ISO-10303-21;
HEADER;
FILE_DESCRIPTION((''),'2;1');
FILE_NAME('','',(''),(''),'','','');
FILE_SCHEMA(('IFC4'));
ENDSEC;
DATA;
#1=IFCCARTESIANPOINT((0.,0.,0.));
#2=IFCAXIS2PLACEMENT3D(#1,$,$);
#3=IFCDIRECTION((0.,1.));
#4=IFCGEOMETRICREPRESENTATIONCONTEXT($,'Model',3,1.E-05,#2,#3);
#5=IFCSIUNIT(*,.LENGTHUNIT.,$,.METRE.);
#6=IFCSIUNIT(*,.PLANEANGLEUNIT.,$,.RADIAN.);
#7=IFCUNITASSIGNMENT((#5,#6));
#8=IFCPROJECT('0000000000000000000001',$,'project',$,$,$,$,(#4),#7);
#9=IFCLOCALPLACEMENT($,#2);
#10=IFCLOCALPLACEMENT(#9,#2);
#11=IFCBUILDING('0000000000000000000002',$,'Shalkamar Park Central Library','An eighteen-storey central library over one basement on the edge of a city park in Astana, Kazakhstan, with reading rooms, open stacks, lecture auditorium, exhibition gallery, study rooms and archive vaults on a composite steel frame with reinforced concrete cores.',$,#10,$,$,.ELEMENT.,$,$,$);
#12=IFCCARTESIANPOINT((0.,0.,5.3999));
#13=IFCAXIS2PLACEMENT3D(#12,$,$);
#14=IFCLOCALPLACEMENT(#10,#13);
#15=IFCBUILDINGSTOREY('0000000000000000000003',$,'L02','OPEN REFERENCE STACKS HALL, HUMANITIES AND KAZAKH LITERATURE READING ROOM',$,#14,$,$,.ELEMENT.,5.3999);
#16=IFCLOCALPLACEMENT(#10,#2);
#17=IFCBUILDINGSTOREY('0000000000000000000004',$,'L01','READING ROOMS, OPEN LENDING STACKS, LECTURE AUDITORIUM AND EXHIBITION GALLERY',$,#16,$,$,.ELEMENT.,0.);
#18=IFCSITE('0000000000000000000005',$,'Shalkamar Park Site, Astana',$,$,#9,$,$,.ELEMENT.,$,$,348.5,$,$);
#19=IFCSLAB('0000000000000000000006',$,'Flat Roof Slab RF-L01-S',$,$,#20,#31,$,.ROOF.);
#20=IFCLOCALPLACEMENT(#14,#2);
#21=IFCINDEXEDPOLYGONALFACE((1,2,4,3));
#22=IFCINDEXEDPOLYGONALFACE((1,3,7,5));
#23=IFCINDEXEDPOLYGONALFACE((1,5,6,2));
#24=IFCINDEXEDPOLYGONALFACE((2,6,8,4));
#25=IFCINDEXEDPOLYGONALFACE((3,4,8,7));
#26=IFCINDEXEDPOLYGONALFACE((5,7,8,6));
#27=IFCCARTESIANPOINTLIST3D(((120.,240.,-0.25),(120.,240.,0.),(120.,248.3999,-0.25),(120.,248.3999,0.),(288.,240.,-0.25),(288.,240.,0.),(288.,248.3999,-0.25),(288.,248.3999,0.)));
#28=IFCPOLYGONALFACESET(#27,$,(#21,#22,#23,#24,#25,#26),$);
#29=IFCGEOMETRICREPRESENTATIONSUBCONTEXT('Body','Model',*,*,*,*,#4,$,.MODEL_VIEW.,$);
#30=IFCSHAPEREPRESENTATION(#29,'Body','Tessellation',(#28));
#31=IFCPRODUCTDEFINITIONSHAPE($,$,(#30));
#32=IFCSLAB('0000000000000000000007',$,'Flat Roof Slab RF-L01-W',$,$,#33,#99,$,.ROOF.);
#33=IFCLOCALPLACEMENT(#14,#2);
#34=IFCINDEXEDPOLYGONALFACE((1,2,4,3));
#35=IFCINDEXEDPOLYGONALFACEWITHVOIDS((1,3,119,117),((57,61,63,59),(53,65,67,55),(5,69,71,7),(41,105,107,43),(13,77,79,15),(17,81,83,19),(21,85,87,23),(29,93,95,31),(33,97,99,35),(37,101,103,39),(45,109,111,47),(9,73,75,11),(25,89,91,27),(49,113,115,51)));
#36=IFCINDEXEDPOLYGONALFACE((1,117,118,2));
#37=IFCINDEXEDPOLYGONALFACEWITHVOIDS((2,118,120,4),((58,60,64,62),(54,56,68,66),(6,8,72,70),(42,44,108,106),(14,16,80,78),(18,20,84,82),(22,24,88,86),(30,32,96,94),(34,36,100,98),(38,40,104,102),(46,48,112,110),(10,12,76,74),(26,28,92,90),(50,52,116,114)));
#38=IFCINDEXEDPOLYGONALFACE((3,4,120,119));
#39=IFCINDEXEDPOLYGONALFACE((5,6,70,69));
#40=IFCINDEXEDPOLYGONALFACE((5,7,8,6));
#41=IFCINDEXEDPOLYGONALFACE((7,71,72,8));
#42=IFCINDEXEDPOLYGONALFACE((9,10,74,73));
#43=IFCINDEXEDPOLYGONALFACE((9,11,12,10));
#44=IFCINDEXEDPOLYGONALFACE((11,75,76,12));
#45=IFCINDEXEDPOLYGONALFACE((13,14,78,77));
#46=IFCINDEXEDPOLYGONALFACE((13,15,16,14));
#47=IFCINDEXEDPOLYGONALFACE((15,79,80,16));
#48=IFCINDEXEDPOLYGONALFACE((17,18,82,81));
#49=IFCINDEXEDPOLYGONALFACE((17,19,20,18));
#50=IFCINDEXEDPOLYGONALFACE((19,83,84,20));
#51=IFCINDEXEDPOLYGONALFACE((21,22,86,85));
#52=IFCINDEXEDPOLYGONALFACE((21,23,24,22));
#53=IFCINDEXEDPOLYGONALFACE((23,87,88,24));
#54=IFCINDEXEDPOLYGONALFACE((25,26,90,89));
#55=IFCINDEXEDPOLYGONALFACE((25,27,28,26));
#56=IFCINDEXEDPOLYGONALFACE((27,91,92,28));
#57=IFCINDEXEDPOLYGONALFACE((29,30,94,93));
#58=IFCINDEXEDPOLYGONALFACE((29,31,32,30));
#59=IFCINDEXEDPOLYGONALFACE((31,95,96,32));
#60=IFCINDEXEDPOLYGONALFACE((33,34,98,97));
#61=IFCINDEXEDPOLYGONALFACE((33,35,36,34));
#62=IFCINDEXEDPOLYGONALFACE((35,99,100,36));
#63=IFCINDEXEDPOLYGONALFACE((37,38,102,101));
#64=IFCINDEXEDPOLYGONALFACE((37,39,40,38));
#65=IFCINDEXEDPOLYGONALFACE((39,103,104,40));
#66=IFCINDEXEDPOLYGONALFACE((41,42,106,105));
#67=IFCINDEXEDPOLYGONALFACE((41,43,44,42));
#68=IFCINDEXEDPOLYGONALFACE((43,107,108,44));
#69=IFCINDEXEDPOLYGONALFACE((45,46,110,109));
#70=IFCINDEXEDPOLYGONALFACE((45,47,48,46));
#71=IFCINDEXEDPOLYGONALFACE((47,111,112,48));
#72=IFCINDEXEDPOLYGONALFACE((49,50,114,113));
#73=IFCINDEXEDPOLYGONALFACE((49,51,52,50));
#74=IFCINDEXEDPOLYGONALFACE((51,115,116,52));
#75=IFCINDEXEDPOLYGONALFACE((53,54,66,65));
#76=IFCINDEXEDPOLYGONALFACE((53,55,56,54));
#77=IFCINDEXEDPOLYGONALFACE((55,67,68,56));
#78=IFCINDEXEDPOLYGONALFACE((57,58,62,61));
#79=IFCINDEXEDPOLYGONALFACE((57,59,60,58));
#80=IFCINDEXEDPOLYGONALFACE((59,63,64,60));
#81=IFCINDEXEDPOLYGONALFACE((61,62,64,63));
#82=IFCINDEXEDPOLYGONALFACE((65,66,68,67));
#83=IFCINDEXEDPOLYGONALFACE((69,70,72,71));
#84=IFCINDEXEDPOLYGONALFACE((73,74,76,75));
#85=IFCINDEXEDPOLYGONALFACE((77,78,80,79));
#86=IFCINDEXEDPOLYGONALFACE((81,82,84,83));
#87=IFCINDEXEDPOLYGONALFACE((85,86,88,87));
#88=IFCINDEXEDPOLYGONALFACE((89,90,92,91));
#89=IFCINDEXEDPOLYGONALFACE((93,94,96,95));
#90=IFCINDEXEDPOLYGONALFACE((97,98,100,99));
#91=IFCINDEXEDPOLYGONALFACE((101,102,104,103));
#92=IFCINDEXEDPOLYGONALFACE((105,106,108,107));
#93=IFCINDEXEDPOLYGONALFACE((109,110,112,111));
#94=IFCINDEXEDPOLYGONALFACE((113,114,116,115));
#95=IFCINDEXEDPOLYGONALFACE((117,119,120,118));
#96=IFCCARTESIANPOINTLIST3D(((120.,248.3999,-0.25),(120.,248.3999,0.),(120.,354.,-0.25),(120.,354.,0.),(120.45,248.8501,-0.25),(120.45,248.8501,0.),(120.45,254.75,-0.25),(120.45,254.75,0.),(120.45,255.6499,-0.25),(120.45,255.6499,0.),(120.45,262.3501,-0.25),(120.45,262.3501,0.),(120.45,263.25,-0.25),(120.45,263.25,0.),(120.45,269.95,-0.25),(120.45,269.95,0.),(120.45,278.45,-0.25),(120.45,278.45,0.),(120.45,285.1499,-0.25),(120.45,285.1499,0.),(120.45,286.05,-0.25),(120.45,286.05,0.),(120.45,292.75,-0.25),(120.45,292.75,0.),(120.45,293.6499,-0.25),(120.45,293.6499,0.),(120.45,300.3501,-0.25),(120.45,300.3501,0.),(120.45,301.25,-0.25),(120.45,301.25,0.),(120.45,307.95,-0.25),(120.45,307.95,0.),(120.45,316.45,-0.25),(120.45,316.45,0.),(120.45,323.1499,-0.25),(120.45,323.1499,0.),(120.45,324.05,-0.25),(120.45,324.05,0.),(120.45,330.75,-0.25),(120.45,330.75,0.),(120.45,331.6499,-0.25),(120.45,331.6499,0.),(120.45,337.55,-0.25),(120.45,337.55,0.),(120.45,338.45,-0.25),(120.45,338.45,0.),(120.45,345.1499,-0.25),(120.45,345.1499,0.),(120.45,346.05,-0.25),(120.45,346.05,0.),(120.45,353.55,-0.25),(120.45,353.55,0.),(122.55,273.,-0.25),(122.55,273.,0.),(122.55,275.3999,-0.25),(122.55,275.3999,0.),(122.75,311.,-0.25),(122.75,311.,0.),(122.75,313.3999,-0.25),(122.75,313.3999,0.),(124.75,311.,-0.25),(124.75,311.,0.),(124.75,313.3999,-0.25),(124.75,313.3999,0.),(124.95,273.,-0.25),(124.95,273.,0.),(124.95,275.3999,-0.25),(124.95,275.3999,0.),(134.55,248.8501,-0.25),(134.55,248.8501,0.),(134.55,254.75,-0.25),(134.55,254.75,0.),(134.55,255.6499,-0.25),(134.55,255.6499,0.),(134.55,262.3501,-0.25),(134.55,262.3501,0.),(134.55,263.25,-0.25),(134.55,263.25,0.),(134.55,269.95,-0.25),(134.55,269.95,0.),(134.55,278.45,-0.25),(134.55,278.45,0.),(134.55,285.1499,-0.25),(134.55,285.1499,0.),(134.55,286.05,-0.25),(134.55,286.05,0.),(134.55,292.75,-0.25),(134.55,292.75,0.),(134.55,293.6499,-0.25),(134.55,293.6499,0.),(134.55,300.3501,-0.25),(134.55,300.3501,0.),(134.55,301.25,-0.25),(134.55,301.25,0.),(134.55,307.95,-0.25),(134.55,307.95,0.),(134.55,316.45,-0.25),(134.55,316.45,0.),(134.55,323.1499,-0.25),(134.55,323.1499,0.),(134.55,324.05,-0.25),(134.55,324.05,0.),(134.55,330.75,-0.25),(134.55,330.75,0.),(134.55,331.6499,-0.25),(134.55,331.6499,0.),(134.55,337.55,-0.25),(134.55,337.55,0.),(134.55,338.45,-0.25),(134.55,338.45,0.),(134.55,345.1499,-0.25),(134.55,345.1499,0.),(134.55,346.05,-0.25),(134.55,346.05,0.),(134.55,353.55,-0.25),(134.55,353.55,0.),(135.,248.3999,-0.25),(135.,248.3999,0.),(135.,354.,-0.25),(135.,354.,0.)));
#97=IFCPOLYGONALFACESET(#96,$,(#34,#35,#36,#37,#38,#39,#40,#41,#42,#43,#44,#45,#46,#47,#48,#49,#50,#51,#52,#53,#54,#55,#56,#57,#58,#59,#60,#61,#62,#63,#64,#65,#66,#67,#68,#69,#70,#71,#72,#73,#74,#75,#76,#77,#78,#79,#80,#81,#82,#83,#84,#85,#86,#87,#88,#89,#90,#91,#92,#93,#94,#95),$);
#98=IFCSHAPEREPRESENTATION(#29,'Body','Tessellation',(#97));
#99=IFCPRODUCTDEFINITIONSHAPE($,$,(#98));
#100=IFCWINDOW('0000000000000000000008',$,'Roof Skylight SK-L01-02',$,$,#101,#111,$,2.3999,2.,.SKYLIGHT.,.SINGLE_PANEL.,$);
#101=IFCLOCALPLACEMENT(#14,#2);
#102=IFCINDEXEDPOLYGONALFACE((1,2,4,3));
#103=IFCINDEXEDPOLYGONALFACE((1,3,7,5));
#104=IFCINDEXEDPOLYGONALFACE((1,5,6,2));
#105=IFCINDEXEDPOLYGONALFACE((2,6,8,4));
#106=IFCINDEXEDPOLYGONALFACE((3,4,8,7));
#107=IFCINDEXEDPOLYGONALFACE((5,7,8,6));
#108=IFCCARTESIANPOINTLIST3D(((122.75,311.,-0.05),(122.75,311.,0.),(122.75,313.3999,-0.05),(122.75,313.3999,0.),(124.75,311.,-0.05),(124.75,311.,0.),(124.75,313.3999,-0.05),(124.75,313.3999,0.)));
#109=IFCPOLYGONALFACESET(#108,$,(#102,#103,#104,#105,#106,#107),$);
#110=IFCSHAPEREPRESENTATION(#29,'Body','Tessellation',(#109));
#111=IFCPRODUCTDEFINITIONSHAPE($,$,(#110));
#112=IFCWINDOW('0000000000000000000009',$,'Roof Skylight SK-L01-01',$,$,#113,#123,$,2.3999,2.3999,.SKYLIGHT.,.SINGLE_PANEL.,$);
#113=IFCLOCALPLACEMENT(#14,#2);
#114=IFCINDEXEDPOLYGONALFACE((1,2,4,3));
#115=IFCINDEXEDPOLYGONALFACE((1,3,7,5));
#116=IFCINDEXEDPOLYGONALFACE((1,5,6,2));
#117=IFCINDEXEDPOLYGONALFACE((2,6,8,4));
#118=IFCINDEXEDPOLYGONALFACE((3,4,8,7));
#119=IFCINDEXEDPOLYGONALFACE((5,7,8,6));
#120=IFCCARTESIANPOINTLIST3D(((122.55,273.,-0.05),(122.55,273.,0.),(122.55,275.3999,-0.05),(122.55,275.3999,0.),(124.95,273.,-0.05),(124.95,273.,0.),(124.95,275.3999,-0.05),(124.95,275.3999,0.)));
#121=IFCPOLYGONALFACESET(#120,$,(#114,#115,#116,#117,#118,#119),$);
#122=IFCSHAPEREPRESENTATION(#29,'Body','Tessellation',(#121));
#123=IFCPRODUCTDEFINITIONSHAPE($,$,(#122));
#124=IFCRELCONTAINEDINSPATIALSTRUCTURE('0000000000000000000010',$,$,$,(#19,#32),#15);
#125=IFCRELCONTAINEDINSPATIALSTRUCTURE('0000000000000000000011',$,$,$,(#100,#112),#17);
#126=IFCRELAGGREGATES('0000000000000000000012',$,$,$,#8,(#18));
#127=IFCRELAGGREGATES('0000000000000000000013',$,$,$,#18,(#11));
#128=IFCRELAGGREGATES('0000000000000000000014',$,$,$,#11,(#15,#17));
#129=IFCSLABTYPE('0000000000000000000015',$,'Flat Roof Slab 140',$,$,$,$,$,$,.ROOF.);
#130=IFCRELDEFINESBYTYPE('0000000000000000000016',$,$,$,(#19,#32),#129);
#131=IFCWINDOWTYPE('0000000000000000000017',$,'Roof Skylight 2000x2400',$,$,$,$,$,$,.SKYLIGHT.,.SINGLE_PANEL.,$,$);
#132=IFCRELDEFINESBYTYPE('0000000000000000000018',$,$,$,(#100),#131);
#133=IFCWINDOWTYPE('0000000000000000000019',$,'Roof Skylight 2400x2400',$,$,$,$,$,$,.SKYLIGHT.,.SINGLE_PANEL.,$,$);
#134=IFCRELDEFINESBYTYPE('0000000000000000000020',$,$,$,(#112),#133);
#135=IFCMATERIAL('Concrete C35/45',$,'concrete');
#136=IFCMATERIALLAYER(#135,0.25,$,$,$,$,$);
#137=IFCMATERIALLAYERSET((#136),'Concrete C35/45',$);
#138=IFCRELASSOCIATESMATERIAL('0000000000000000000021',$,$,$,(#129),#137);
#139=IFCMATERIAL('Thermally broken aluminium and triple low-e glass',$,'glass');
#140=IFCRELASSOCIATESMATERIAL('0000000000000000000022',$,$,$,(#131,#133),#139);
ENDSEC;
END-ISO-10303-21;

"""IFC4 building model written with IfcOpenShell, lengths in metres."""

from ifc_helpers import new_model, si_unit, direction, frame, origin, origin_2d, place, context, subcontext, project, spatial, polyline, rectangle, outline, extrude, material, layer, layer_set, type_object, element, fill, save


model = new_model("IFC4")

# Units and contexts
model_context = context("Model", 3, precision=1e-05, world=origin(), true_north=direction((0.0, 1.0)))
body_context = subcontext(model_context, "Body", "Model", "MODEL_VIEW")
ifc_project = project(units=[si_unit("LENGTHUNIT", "METRE"), si_unit("PLANEANGLEUNIT", "RADIAN")], contexts=[model_context])

# Site, building, storey
site_placement = place(None, origin())
site = spatial("IfcSite", under=ifc_project, at=site_placement, Name="Shalkamar Park Site, Astana", CompositionType="ELEMENT", RefElevation=348.5)
building_placement = place(site_placement, origin())
building = spatial("IfcBuilding", under=site, at=building_placement, Name="Shalkamar Park Central Library", Description="An eighteen-storey central library over one basement on the edge of a city park in Astana, Kazakhstan, with reading rooms, open stacks, lecture auditorium, exhibition gallery, study rooms and archive vaults on a composite steel frame with reinforced concrete cores.", CompositionType="ELEMENT")
storey_1_placement = place(building_placement, frame((0.0, 0.0, 5.3999)))
storey_1 = spatial("IfcBuildingStorey", under=building, at=storey_1_placement, Name="L02", Description="OPEN REFERENCE STACKS HALL, HUMANITIES AND KAZAKH LITERATURE READING ROOM", CompositionType="ELEMENT", Elevation=5.3999)

# Slab
ifc_material_1 = material(Name="Concrete C35/45", Category="concrete")
ifc_layer_1 = layer(ifc_material_1, 0.25)
ifc_layer_set_1 = layer_set([ifc_layer_1], Name="Concrete C35/45")
slab_type_1 = type_object("IfcSlabType", Name="Flat Roof Slab 140", PredefinedType="ROOF", material=ifc_layer_set_1)
slab_1_placement = place(storey_1_placement, frame((0.0, 0.0, -0.25)))
element("IfcSlab", 1, at=slab_1_placement, inside=storey_1, type_object=slab_type_1, Name="Flat Roof Slab RF-L01-S", PredefinedType="ROOF", context=body_context, shape_type="SweptSolid", body=[
    extrude(outline(polyline([(120.0, 240.0), (288.0, 240.0), (288.0, 248.3999), (120.0, 248.3999), (120.0, 240.0)])), origin(), (0.0, 0.0, 1.0), 0.25),
])

# Slab, openings
slab_2_placement = place(storey_1_placement, frame((0.0, 0.0, -0.25)))
slab_2 = element("IfcSlab", 2, at=slab_2_placement, inside=storey_1, type_object=slab_type_1, Name="Flat Roof Slab RF-L01-W", PredefinedType="ROOF", context=body_context, shape_type="SweptSolid", body=[
    extrude(outline(polyline([(120.0, 248.3999), (135.0, 248.3999), (135.0, 354.0), (120.0, 354.0), (120.0, 248.3999)]), holes=[polyline([(120.45, 248.8501), (134.55, 248.8501), (134.55, 254.75), (120.45, 254.75), (120.45, 248.8501)]), polyline([(120.45, 255.6499), (134.55, 255.6499), (134.55, 262.3501), (120.45, 262.3501), (120.45, 255.6499)]), polyline([(120.45, 263.25), (134.55, 263.25), (134.55, 269.95), (120.45, 269.95), (120.45, 263.25)]), polyline([(120.45, 278.45), (134.55, 278.45), (134.55, 285.1499), (120.45, 285.1499), (120.45, 278.45)]), polyline([(120.45, 286.05), (134.55, 286.05), (134.55, 292.75), (120.45, 292.75), (120.45, 286.05)]), polyline([(120.45, 293.6499), (134.55, 293.6499), (134.55, 300.3501), (120.45, 300.3501), (120.45, 293.6499)]), polyline([(120.45, 301.25), (134.55, 301.25), (134.55, 307.95), (120.45, 307.95), (120.45, 301.25)]), polyline([(120.45, 316.45), (134.55, 316.45), (134.55, 323.1499), (120.45, 323.1499), (120.45, 316.45)]), polyline([(120.45, 324.05), (134.55, 324.05), (134.55, 330.75), (120.45, 330.75), (120.45, 324.05)]), polyline([(120.45, 331.6499), (134.55, 331.6499), (134.55, 337.55), (120.45, 337.55), (120.45, 331.6499)]), polyline([(120.45, 338.45), (134.55, 338.45), (134.55, 345.1499), (120.45, 345.1499), (120.45, 338.45)]), polyline([(120.45, 346.05), (134.55, 346.05), (134.55, 353.55), (120.45, 353.55), (120.45, 346.05)])]), origin(), (0.0, 0.0, 1.0), 0.25),
])
opening_1_placement = place(slab_2_placement, frame((123.75, 274.2, -0.01)))
opening_1 = element("IfcOpeningElement", 3, at=opening_1_placement, cuts=slab_2, PredefinedType="OPENING", context=body_context, shape_type="SweptSolid", body=[
    extrude(rectangle(XDim=2.3999, YDim=2.3999, at=origin_2d()), origin(), (0.0, 0.0, 1.0), 0.27),
])
opening_2_placement = place(slab_2_placement, frame((123.75, 312.2, -0.01)))
opening_2 = element("IfcOpeningElement", 4, at=opening_2_placement, cuts=slab_2, PredefinedType="OPENING", context=body_context, shape_type="SweptSolid", body=[
    extrude(rectangle(XDim=2.0, YDim=2.3999, at=origin_2d()), origin(), (0.0, 0.0, 1.0), 0.27),
])

# Shared definitions
storey_2_placement = place(building_placement, origin())
storey_2 = spatial("IfcBuildingStorey", under=building, at=storey_2_placement, Name="L01", Description="READING ROOMS, OPEN LENDING STACKS, LECTURE AUDITORIUM AND EXHIBITION GALLERY", CompositionType="ELEMENT", Elevation=0.0)

# Windows
ifc_material_2 = material(Name="Thermally broken aluminium and triple low-e glass", Category="glass")
window_type_1 = type_object("IfcWindowType", Name="Roof Skylight 2000x2400", PartitioningType="SINGLE_PANEL", PredefinedType="SKYLIGHT", material=ifc_material_2)
window_1_placement = place(opening_2_placement, frame((0.0, 0.0, 0.21)))
window_1 = element("IfcWindow", 5, at=window_1_placement, inside=storey_2, type_object=window_type_1, Name="Roof Skylight SK-L01-02", OverallHeight=2.3999, OverallWidth=2.0, PartitioningType="SINGLE_PANEL", PredefinedType="SKYLIGHT", context=body_context, shape_type="SweptSolid", body=[
    extrude(rectangle(XDim=2.0, YDim=2.3999, at=origin_2d()), origin(), (0.0, 0.0, 1.0), 0.05),
])
fill(opening_2, window_1)
window_type_2 = type_object("IfcWindowType", Name="Roof Skylight 2400x2400", PartitioningType="SINGLE_PANEL", PredefinedType="SKYLIGHT", material=ifc_material_2)
window_2_placement = place(opening_1_placement, frame((0.0, 0.0, 0.21)))
window_2 = element("IfcWindow", 6, at=window_2_placement, inside=storey_2, type_object=window_type_2, Name="Roof Skylight SK-L01-01", OverallHeight=2.3999, OverallWidth=2.3999, PartitioningType="SINGLE_PANEL", PredefinedType="SKYLIGHT", context=body_context, shape_type="SweptSolid", body=[
    extrude(rectangle(XDim=2.3999, YDim=2.3999, at=origin_2d()), origin(), (0.0, 0.0, 1.0), 0.05),
])
fill(opening_1, window_2)

save(model, "model.ifc")
